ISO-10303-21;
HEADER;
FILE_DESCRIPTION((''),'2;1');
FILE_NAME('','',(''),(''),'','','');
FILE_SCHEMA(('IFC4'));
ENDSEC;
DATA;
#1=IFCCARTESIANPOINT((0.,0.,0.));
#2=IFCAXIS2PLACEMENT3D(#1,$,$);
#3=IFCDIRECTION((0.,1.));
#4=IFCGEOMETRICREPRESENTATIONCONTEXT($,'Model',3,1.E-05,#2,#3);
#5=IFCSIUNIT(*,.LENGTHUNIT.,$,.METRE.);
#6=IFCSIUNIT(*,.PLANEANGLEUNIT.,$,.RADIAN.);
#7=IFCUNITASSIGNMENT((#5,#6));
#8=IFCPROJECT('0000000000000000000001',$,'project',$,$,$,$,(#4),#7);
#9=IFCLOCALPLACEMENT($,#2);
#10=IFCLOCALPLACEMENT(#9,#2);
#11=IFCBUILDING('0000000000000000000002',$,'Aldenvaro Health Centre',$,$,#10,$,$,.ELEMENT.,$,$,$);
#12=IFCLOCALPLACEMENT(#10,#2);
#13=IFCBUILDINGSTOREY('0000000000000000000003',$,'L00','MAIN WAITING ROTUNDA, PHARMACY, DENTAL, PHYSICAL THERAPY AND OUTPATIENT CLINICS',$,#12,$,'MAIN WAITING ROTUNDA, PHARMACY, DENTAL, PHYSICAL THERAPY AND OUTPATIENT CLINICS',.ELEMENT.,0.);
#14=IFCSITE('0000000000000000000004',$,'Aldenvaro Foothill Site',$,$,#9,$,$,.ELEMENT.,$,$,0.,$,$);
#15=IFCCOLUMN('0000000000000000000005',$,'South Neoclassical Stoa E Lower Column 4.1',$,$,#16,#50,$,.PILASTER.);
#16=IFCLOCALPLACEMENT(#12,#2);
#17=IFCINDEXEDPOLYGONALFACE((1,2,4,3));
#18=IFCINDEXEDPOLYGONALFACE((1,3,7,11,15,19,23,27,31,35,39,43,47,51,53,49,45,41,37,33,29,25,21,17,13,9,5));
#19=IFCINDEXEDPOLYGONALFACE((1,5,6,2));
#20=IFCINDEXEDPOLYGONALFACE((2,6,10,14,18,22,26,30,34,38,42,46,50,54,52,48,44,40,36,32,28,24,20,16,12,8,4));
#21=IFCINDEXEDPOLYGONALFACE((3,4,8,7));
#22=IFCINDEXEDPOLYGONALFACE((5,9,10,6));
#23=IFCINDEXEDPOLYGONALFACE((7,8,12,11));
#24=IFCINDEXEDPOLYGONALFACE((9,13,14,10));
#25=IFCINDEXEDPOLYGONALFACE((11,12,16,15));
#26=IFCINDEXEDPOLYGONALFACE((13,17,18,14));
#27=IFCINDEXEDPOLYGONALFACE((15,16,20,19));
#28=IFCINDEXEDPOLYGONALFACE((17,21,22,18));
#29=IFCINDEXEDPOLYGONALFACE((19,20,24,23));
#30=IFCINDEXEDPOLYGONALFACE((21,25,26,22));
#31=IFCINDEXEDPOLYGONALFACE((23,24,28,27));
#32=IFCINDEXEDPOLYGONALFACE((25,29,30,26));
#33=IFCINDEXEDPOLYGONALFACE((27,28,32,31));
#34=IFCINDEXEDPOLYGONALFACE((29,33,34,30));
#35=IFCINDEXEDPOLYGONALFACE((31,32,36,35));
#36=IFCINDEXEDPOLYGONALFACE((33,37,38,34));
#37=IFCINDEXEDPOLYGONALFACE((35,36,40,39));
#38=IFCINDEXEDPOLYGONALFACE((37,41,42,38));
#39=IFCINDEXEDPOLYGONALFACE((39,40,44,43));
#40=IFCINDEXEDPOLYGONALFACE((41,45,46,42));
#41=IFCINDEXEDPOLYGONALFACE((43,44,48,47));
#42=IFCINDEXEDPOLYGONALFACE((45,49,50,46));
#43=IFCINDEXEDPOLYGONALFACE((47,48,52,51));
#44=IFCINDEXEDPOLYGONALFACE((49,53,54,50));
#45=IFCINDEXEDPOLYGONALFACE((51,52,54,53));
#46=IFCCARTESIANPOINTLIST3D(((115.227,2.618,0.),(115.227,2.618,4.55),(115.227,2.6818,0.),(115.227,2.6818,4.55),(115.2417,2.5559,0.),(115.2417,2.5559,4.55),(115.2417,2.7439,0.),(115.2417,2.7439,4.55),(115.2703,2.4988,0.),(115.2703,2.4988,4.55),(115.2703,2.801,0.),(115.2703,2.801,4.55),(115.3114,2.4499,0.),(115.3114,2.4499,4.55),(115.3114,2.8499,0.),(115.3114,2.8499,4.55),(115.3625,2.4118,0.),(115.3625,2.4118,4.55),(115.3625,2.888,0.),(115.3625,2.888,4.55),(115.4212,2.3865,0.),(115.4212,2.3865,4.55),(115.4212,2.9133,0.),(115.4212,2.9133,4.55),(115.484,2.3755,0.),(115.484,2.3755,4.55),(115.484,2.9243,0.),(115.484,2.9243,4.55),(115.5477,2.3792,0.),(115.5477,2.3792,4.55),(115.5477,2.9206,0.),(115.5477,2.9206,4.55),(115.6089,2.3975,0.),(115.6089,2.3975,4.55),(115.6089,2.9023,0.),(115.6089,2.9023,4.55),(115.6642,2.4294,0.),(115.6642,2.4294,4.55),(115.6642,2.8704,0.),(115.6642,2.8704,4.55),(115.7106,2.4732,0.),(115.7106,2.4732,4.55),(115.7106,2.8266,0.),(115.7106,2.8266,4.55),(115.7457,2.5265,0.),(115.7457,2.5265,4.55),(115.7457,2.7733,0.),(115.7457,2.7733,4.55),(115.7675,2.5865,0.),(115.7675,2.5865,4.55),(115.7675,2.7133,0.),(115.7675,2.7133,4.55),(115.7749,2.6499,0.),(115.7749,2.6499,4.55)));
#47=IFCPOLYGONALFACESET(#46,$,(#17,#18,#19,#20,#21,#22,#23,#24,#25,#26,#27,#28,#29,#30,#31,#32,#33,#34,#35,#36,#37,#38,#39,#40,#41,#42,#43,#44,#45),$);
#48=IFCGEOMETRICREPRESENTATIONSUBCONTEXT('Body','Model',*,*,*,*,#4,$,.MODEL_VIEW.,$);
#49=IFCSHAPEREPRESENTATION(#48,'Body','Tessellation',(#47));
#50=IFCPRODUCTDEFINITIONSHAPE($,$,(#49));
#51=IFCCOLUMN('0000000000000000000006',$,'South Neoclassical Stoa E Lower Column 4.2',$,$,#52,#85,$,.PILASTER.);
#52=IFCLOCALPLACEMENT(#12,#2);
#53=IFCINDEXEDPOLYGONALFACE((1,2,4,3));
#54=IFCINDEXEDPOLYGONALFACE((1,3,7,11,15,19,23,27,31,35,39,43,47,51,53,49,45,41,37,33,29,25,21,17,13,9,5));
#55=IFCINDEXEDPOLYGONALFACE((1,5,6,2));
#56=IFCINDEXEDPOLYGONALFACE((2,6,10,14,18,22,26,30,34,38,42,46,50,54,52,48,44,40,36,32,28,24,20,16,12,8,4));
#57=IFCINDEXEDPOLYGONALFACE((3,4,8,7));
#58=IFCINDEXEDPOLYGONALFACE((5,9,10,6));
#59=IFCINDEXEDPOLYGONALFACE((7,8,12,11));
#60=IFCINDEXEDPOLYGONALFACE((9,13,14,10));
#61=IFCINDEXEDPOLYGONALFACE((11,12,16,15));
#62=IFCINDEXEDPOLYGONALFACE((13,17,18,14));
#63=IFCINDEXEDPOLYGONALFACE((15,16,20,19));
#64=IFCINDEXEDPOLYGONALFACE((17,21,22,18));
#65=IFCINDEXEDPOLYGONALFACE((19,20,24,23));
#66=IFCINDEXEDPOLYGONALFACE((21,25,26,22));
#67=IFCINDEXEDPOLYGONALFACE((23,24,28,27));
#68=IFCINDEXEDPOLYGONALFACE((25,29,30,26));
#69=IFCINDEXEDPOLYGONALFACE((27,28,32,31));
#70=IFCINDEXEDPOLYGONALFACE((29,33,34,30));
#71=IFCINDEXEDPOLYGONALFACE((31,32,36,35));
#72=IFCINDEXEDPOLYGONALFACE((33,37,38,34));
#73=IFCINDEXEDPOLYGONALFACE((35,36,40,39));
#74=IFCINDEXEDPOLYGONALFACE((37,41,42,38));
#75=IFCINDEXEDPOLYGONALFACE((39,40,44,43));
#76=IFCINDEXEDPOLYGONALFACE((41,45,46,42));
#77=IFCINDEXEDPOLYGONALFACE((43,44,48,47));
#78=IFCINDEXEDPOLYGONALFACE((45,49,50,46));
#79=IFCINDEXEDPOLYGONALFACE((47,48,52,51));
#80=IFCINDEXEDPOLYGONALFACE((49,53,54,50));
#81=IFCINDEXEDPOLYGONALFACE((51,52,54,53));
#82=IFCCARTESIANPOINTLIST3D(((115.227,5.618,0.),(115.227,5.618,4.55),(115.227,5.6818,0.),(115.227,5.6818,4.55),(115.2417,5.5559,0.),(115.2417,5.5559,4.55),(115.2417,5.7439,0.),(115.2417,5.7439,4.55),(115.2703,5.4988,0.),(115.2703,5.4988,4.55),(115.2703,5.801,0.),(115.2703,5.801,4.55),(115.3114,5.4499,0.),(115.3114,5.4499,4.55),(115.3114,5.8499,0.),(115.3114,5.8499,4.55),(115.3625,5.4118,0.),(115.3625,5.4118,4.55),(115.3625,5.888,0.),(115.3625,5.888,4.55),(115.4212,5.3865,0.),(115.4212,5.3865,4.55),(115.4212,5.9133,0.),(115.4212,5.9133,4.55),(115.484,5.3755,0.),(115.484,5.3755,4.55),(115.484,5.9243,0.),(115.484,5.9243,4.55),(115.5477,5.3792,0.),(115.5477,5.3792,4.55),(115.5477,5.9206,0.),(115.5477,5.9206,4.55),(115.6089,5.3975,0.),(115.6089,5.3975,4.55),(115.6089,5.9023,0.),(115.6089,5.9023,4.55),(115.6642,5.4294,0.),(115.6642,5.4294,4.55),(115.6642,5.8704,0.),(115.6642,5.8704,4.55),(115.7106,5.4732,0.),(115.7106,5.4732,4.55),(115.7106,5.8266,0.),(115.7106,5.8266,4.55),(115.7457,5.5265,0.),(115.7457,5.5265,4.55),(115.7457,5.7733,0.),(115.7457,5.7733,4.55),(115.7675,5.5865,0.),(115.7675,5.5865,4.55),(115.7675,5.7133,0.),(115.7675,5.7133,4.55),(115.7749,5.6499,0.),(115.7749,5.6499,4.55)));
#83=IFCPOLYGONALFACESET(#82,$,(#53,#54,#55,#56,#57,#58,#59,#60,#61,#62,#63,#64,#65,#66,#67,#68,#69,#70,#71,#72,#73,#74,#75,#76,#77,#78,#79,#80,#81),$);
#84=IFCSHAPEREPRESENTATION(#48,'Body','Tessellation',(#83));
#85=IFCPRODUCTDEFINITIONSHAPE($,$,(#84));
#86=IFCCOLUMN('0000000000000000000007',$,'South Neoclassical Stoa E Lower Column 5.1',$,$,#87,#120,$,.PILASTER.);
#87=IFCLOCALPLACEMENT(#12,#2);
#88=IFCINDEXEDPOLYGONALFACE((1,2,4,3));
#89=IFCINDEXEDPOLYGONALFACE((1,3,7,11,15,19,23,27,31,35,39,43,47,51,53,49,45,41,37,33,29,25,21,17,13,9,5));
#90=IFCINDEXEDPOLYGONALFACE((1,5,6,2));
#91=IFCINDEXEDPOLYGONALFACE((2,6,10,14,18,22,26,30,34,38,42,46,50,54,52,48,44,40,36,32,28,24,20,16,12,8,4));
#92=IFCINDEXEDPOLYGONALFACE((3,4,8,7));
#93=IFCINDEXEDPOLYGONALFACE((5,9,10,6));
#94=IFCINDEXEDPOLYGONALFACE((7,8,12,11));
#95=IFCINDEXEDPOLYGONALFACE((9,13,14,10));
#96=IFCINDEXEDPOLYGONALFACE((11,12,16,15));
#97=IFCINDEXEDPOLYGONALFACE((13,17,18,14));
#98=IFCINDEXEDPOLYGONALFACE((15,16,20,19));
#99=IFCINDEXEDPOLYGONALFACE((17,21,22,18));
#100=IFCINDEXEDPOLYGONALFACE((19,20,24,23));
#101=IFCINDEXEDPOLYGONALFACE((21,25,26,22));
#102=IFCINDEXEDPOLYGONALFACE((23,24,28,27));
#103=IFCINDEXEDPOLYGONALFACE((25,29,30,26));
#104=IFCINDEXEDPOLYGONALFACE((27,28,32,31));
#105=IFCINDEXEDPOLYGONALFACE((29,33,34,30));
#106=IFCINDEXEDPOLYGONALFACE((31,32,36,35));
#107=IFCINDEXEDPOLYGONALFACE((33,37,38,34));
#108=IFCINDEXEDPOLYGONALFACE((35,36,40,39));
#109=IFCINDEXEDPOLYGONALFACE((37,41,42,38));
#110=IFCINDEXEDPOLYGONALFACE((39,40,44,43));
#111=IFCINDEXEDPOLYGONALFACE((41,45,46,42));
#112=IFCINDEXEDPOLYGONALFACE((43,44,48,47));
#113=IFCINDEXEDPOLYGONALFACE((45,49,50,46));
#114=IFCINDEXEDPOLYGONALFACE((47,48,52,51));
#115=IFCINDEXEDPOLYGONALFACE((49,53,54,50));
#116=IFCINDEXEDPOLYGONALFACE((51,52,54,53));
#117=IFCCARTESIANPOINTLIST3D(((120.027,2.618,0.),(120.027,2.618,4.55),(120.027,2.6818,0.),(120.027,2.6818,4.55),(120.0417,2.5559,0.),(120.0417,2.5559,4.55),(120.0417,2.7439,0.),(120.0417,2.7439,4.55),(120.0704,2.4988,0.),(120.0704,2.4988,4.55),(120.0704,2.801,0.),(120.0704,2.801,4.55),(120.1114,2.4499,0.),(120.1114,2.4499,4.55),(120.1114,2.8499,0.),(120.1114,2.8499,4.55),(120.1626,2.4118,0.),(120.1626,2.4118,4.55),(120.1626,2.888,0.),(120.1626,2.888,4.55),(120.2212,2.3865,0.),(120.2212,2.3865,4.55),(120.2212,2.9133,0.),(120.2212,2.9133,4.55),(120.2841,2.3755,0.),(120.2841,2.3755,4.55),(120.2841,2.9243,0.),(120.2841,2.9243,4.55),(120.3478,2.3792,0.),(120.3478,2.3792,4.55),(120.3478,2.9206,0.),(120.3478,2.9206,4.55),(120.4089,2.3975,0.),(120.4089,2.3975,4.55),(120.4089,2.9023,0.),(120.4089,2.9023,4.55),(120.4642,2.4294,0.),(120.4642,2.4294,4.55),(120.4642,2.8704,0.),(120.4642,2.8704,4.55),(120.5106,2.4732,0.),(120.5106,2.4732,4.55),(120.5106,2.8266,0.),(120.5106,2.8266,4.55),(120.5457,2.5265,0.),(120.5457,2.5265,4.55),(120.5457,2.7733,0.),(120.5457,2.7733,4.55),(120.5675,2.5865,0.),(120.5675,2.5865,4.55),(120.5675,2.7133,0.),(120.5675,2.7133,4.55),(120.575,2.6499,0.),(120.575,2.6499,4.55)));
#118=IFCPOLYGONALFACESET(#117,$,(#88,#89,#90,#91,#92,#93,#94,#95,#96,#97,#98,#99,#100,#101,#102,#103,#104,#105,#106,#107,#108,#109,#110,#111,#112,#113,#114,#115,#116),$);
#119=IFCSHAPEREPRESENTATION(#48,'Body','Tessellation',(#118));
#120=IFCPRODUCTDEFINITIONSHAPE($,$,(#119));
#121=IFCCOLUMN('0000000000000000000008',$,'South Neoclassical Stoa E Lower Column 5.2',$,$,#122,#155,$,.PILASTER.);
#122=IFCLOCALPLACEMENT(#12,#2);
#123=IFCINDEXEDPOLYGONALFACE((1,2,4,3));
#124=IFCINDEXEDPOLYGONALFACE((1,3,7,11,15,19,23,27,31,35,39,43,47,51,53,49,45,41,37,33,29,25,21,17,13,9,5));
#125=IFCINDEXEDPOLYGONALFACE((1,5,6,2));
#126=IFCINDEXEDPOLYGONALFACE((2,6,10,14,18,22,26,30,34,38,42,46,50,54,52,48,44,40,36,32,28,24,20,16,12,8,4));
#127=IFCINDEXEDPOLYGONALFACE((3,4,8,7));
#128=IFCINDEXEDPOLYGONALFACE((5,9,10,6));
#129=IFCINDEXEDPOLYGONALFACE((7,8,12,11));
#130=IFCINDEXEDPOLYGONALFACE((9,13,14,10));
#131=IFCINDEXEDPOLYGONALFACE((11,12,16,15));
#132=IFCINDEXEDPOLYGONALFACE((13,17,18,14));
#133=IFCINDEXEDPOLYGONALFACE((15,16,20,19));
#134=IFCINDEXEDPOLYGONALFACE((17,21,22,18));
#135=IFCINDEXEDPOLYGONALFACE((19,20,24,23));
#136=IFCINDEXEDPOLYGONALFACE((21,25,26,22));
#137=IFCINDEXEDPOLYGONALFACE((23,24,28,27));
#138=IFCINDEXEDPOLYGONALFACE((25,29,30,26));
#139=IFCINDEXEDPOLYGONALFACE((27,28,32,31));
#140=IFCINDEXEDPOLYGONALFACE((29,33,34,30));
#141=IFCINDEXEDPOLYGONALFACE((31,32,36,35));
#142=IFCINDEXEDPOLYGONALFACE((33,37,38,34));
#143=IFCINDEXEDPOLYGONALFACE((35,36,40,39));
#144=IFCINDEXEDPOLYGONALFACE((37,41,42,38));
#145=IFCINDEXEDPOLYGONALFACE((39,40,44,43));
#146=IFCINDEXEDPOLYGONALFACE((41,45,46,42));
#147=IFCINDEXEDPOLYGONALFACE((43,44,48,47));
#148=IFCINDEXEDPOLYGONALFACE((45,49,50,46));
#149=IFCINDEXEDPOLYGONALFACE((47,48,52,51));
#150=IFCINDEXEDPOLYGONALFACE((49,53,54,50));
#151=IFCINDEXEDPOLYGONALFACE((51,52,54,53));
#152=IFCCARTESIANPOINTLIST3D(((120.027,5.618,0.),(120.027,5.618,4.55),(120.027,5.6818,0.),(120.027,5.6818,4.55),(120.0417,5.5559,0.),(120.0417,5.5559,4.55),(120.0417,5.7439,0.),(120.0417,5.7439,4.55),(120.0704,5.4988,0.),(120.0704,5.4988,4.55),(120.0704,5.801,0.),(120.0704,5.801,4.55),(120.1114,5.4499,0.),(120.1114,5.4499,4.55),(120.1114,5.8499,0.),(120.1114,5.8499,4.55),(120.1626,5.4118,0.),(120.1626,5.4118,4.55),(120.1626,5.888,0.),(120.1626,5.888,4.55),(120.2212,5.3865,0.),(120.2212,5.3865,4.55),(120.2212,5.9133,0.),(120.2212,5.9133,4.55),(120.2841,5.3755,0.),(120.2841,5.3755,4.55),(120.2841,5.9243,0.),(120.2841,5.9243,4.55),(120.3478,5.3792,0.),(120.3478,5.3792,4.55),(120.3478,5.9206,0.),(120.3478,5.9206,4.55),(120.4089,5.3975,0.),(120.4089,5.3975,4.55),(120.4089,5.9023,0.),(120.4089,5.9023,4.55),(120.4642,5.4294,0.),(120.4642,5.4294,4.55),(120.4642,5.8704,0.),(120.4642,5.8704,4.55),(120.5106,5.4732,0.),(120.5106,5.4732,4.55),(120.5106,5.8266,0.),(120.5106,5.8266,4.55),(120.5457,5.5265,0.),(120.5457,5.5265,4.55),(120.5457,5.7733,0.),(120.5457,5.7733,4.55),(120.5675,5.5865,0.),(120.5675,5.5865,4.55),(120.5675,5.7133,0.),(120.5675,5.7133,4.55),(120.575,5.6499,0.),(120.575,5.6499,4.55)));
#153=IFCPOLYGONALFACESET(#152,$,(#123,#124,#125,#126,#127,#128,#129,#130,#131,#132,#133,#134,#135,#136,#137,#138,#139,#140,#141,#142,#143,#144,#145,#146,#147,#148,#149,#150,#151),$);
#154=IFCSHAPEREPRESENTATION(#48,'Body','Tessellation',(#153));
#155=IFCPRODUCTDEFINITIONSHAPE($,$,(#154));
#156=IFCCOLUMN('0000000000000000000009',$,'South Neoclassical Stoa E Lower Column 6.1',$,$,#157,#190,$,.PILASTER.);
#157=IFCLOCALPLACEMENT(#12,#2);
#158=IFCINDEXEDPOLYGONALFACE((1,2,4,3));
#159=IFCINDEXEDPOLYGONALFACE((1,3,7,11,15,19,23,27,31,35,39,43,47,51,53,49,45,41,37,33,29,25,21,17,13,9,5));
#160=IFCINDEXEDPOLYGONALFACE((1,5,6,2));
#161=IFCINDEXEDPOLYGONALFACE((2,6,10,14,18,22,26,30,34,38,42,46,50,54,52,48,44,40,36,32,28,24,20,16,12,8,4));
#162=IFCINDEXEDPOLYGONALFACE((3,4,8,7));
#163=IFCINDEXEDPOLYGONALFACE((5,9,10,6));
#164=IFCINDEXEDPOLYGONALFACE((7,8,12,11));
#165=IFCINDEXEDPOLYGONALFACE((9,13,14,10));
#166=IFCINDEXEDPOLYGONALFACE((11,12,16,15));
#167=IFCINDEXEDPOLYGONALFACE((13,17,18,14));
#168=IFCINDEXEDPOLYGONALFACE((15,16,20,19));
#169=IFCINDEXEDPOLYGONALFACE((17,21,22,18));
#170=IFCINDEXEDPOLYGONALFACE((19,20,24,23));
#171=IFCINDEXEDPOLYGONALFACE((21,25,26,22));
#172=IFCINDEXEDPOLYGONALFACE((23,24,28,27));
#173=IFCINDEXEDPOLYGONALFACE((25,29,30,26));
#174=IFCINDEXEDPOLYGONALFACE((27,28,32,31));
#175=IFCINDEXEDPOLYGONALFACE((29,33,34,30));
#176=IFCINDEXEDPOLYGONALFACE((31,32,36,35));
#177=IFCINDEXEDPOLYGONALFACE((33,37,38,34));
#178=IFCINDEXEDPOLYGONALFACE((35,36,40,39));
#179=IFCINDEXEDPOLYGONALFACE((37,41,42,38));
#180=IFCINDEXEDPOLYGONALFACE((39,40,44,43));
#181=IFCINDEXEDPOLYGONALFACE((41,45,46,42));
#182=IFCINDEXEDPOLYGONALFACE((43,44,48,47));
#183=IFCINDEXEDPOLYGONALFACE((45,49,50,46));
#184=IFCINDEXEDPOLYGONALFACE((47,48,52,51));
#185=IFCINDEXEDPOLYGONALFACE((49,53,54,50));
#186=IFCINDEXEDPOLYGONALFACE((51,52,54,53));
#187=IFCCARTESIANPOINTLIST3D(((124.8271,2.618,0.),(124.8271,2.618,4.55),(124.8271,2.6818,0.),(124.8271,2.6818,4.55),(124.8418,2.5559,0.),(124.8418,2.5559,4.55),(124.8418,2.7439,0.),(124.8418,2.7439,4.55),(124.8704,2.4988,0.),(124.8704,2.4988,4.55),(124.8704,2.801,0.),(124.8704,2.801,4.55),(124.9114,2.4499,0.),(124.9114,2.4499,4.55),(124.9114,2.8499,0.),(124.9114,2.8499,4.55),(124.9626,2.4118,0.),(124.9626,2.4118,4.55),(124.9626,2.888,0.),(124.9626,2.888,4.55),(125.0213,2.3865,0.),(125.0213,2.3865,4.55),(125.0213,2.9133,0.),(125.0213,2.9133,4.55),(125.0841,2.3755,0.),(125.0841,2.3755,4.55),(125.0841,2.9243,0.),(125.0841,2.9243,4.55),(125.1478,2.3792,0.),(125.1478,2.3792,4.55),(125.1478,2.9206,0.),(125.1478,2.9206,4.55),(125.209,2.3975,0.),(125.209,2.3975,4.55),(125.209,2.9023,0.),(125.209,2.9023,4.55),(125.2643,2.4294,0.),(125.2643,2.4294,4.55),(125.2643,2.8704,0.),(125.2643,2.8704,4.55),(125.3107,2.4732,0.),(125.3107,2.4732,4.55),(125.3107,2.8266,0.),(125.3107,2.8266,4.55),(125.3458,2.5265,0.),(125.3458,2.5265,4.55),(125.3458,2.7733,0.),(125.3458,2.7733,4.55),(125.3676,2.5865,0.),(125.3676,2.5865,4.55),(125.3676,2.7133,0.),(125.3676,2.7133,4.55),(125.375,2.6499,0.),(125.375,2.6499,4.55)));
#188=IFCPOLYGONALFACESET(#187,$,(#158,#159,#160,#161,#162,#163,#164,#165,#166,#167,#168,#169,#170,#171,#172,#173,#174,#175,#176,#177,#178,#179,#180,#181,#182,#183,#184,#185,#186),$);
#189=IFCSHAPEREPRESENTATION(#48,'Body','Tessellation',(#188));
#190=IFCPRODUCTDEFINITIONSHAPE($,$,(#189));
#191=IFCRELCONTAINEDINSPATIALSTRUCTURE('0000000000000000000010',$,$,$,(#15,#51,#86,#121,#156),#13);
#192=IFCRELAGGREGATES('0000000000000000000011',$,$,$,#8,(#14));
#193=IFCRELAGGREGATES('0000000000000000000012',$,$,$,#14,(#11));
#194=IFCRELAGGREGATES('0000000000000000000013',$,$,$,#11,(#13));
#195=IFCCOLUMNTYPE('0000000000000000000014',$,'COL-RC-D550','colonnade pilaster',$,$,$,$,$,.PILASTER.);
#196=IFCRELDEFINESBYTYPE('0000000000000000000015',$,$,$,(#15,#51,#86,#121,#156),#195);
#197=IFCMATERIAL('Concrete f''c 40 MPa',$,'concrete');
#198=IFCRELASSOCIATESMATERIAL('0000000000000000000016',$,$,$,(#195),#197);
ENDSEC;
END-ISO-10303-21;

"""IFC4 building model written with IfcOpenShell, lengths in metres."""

from ifc_helpers import new_model, si_unit, direction, frame, origin, origin_2d, place, context, subcontext, project, spatial, circle, extrude, material, material_profile, profile_set, type_object, element, save


model = new_model("IFC4")

# Units and contexts
model_context = context("Model", 3, precision=1e-05, world=origin(), true_north=direction((0.0, 1.0)))
body_context = subcontext(model_context, "Body", "Model", "MODEL_VIEW")
ifc_project = project(units=[si_unit("LENGTHUNIT", "METRE"), si_unit("PLANEANGLEUNIT", "RADIAN")], contexts=[model_context])

# Site, building, storey
site_placement = place(None, origin())
site = spatial("IfcSite", under=ifc_project, at=site_placement, Name="Aldenvaro Foothill Site", CompositionType="ELEMENT", RefElevation=0.0)
building_placement = place(site_placement, origin())
building = spatial("IfcBuilding", under=site, at=building_placement, Name="Aldenvaro Health Centre", CompositionType="ELEMENT")
storey_placement = place(building_placement, origin())
storey = spatial("IfcBuildingStorey", under=building, at=storey_placement, Name="L00", Description="MAIN WAITING ROTUNDA, PHARMACY, DENTAL, PHYSICAL THERAPY AND OUTPATIENT CLINICS", LongName="MAIN WAITING ROTUNDA, PHARMACY, DENTAL, PHYSICAL THERAPY AND OUTPATIENT CLINICS", CompositionType="ELEMENT", Elevation=0.0)

# Columns
ifc_material_1 = material(Name="Concrete f'c 40 MPa", Category="concrete")
ifc_material_profile_1 = material_profile(ifc_material_1, circle(Radius=0.2749, at=origin_2d()), Name="RC D550", Category="concrete")
ifc_profile_set_1 = profile_set([ifc_material_profile_1], Name="Concrete f'c 40 MPa")
column_type = type_object("IfcColumnType", Name="COL-RC-D550", Description="colonnade pilaster", PredefinedType="PILASTER", material=ifc_profile_set_1)
for number, where, z_axis, x_axis, name in (
    (1, (115.5, 2.6499, 0.0), (0.0, 0.0, 1.0), (1.0, 0.0, 0.0), "South Neoclassical Stoa E Lower Column 4.1"),
    (2, (115.5, 5.6499, 0.0), (0.0, 0.0, 1.0), (1.0, 0.0, 0.0), "South Neoclassical Stoa E Lower Column 4.2"),
    (3, (120.3, 2.6499, 0.0), (0.0, 0.0, 1.0), (1.0, 0.0, 0.0), "South Neoclassical Stoa E Lower Column 5.1"),
    (4, (120.3, 5.6499, 0.0), (0.0, 0.0, 1.0), (1.0, 0.0, 0.0), "South Neoclassical Stoa E Lower Column 5.2"),
    (5, (125.1001, 2.6499, 0.0), (0.0, 0.0, 1.0), (1.0, 0.0, 0.0), "South Neoclassical Stoa E Lower Column 6.1"),
):
    element("IfcColumn", number, at=place(storey_placement, frame(where, z_axis=z_axis, x_axis=x_axis)), inside=storey, type_object=column_type, Name=name, PredefinedType="PILASTER", context=body_context, shape_type="SweptSolid", body=[
        extrude(circle(Radius=0.2749, at=origin_2d()), origin(), (0.0, 0.0, 1.0), 4.55),
    ])

save(model, "model.ifc")
